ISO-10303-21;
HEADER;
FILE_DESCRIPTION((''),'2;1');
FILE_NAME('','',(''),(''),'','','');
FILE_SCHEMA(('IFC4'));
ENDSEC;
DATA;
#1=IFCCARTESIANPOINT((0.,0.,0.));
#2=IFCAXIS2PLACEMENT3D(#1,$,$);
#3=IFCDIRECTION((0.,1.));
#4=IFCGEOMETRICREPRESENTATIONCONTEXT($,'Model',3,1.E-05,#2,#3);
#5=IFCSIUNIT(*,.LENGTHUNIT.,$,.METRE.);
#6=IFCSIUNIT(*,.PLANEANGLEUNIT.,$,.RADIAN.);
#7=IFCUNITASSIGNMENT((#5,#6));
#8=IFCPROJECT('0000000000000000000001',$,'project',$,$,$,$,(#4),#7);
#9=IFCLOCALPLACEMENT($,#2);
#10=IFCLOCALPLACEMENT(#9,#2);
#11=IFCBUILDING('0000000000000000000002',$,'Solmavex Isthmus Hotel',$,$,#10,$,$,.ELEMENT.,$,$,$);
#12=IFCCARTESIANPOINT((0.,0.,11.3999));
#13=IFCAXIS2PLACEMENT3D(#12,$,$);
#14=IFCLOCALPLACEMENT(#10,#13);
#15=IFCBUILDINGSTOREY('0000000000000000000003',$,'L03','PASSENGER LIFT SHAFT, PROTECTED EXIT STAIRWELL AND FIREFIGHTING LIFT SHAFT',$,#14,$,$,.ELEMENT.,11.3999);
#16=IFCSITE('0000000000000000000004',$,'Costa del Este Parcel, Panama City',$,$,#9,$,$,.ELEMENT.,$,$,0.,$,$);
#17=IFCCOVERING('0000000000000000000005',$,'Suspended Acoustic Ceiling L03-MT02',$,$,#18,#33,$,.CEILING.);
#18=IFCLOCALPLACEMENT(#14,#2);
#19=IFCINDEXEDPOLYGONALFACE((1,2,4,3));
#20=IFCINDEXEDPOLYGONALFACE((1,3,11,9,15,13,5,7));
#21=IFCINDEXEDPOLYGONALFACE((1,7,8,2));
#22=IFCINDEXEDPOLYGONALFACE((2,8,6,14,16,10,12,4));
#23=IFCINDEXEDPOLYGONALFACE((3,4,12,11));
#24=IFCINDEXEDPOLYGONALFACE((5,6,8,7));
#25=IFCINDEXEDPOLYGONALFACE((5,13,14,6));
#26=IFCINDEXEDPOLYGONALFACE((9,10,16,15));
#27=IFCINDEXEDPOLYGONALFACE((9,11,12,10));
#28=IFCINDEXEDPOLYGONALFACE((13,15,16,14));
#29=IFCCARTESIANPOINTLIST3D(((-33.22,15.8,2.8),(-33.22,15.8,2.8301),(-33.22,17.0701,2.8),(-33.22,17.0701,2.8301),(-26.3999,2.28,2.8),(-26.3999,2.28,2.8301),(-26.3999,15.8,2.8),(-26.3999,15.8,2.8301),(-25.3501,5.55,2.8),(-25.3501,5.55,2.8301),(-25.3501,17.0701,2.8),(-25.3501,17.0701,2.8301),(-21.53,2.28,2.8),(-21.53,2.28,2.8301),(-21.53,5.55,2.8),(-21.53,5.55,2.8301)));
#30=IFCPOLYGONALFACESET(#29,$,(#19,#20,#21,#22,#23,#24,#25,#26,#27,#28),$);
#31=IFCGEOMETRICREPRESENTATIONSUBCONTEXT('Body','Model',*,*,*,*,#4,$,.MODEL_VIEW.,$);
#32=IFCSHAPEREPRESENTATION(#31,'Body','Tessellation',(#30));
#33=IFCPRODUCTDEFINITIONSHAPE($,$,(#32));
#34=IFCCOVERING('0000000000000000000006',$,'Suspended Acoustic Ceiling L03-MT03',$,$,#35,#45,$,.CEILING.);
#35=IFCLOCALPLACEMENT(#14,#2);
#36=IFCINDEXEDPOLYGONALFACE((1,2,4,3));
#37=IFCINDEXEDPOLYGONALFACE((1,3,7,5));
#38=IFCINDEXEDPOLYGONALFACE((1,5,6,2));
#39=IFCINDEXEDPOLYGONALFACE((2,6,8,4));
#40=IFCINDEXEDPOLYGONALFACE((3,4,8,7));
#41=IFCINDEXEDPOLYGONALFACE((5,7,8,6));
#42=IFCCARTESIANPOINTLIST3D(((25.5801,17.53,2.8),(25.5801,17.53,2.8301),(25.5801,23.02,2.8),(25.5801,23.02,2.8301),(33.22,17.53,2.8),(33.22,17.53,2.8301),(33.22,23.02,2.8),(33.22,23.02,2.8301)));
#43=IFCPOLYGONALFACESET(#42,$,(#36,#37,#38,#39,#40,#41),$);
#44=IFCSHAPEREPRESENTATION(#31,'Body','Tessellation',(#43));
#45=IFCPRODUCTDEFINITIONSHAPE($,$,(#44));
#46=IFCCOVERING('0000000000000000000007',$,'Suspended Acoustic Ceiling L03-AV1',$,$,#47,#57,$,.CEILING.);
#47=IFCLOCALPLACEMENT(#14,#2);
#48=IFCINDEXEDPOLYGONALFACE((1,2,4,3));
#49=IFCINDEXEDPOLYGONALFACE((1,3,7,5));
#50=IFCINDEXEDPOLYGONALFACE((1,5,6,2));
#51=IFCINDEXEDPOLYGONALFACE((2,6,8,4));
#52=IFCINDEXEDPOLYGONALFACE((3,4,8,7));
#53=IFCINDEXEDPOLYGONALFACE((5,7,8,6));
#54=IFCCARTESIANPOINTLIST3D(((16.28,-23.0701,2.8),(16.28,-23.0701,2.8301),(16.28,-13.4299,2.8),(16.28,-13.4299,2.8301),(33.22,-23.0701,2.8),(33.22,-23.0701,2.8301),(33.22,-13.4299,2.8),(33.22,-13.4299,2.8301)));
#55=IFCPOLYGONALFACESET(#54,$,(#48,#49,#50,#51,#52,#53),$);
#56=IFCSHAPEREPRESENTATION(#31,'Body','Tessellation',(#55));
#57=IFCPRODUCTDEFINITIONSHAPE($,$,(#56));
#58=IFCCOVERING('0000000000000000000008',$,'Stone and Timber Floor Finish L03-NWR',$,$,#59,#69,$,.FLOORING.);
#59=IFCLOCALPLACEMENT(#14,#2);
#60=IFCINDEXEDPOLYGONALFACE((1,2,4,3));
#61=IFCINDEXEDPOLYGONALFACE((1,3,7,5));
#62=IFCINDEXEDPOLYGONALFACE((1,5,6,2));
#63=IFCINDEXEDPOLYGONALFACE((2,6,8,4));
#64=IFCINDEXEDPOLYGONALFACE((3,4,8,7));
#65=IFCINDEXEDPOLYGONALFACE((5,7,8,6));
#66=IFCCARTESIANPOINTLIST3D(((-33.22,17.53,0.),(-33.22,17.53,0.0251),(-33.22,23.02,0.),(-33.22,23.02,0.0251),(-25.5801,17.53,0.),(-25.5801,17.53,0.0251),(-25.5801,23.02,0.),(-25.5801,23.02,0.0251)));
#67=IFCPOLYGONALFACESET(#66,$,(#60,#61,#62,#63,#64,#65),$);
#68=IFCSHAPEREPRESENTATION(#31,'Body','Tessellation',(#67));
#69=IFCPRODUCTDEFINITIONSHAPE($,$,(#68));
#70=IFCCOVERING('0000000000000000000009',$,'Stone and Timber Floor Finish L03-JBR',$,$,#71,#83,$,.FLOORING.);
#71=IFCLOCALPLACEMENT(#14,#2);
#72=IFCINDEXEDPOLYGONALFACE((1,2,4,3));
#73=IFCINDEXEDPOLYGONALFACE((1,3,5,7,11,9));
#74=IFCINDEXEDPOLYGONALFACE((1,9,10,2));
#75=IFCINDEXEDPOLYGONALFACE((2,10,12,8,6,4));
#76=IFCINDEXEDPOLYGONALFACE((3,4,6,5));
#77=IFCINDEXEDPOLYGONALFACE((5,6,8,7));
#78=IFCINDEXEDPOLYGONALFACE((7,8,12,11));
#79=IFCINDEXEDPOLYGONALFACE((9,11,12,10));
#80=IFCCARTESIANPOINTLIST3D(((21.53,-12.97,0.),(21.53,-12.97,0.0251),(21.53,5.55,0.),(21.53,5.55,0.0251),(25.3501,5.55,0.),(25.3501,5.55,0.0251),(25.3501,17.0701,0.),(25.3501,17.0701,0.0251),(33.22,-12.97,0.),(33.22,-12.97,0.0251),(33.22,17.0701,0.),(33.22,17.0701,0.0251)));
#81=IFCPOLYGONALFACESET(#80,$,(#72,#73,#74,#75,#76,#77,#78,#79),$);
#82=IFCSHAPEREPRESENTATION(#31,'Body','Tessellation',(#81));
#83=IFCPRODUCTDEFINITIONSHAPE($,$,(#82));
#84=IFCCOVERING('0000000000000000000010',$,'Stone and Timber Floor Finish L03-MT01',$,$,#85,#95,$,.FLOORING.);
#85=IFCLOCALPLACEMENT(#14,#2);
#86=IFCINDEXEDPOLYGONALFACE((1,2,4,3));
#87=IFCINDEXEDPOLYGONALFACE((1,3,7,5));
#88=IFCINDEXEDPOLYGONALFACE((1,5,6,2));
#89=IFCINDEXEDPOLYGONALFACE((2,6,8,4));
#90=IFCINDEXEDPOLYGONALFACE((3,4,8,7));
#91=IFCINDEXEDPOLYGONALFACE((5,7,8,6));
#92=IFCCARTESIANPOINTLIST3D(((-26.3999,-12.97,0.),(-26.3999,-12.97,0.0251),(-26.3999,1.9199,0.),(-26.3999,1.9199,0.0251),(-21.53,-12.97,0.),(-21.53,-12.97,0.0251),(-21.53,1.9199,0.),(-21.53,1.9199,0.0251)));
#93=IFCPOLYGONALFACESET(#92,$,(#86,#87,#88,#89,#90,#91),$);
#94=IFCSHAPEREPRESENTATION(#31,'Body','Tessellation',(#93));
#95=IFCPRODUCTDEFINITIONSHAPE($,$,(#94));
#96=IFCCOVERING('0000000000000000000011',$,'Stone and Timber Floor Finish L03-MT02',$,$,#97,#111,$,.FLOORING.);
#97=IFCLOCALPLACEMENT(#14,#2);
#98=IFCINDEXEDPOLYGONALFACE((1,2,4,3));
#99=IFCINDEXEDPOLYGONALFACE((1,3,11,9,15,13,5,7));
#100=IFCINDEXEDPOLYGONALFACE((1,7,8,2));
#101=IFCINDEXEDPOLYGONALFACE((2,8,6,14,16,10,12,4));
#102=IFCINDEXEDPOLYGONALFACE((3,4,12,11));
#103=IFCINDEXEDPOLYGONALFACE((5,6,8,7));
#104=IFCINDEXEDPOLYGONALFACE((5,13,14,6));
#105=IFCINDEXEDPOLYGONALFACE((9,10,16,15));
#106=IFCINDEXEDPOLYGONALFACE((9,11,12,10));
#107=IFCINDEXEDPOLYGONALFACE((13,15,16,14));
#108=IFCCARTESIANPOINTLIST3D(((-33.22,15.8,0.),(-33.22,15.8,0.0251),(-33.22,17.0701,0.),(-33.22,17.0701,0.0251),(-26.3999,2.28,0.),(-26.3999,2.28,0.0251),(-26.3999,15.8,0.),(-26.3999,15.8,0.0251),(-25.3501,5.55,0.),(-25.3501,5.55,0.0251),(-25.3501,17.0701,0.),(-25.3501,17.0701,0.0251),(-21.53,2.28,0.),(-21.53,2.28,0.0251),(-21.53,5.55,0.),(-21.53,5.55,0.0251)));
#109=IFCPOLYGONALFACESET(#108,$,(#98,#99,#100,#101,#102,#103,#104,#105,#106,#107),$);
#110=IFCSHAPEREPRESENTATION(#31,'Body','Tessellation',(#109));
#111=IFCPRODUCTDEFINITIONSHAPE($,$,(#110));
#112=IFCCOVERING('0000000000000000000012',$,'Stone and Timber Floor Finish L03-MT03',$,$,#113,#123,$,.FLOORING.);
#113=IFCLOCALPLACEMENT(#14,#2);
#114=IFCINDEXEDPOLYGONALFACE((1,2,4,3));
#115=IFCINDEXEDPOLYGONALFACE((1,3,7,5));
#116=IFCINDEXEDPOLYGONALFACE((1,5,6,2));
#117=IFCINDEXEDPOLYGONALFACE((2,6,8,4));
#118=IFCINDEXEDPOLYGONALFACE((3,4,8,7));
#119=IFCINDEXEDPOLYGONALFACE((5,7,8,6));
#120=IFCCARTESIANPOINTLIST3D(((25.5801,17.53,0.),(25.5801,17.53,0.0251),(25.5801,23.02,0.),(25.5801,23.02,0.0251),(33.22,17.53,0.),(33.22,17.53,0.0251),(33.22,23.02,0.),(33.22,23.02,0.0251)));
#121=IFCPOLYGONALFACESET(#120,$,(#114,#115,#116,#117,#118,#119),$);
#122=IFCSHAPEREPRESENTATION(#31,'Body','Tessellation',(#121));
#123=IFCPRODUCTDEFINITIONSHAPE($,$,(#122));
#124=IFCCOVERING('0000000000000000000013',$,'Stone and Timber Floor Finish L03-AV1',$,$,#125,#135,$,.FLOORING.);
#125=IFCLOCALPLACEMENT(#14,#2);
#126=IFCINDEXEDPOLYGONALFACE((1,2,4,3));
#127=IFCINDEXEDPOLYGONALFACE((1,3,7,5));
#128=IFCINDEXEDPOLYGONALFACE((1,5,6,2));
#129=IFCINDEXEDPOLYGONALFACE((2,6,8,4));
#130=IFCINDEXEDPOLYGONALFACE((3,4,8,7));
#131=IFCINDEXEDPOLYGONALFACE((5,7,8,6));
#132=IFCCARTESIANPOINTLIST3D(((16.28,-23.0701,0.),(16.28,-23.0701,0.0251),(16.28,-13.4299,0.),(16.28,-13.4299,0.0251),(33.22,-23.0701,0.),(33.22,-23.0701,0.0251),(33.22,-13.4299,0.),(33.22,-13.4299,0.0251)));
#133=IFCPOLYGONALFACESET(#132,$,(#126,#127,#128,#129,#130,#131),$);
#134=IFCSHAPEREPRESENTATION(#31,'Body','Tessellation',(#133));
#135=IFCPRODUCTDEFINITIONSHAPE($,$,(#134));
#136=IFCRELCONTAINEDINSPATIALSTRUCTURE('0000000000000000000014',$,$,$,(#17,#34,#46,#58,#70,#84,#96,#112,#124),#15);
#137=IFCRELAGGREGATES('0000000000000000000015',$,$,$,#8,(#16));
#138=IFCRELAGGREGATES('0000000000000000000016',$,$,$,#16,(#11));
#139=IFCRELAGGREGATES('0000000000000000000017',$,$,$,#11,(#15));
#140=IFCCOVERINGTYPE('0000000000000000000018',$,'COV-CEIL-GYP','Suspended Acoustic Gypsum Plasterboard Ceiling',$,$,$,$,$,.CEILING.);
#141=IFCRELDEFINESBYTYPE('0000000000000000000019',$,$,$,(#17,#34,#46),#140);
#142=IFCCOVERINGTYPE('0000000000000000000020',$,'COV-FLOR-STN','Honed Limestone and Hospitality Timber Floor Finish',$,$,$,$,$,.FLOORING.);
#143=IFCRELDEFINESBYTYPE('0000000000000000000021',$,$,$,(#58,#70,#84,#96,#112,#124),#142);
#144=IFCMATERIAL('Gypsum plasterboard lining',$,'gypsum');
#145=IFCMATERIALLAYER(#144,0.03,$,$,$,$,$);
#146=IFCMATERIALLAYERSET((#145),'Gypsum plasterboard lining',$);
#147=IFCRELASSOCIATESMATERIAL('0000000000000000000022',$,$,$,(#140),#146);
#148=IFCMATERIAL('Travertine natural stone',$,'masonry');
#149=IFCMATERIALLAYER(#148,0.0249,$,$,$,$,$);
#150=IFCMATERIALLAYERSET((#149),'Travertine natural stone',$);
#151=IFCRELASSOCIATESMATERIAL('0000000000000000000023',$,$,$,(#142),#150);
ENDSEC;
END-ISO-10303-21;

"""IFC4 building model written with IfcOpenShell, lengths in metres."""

from ifc_helpers import new_model, si_unit, direction, frame, origin, place, context, subcontext, project, spatial, polyline, outline, extrude, material, layer, layer_set, type_object, element, save


model = new_model("IFC4")

# Units and contexts
model_context = context("Model", 3, precision=1e-05, world=origin(), true_north=direction((0.0, 1.0)))
body_context = subcontext(model_context, "Body", "Model", "MODEL_VIEW")
ifc_project = project(units=[si_unit("LENGTHUNIT", "METRE"), si_unit("PLANEANGLEUNIT", "RADIAN")], contexts=[model_context])

# Site, building, storey
site_placement = place(None, origin())
site = spatial("IfcSite", under=ifc_project, at=site_placement, Name="Costa del Este Parcel, Panama City", CompositionType="ELEMENT", RefElevation=0.0)
building_placement = place(site_placement, origin())
building = spatial("IfcBuilding", under=site, at=building_placement, Name="Solmavex Isthmus Hotel", CompositionType="ELEMENT")
storey_placement = place(building_placement, frame((0.0, 0.0, 11.3999)))
storey = spatial("IfcBuildingStorey", under=building, at=storey_placement, Name="L03", Description="PASSENGER LIFT SHAFT, PROTECTED EXIT STAIRWELL AND FIREFIGHTING LIFT SHAFT", CompositionType="ELEMENT", Elevation=11.3999)

# Coverings
ifc_material_1 = material(Name="Gypsum plasterboard lining", Category="gypsum")
ifc_layer_1 = layer(ifc_material_1, 0.03)
ifc_layer_set_1 = layer_set([ifc_layer_1], Name="Gypsum plasterboard lining")
covering_type_1 = type_object("IfcCoveringType", Name="COV-CEIL-GYP", Description="Suspended Acoustic Gypsum Plasterboard Ceiling", PredefinedType="CEILING", material=ifc_layer_set_1)
covering_1_placement = place(storey_placement, frame((0.0, 0.0, 2.8)))
element("IfcCovering", 1, at=covering_1_placement, inside=storey, type_object=covering_type_1, Name="Suspended Acoustic Ceiling L03-MT02", PredefinedType="CEILING", context=body_context, shape_type="SweptSolid", body=[
    extrude(outline(polyline([(-21.53, 5.55), (-25.3501, 5.55), (-25.3501, 17.0701), (-33.22, 17.0701), (-33.22, 15.8), (-26.3999, 15.8), (-26.3999, 2.28), (-21.53, 2.28), (-21.53, 5.55)])), origin(), (0.0, 0.0, 1.0), 0.03),
])
covering_2_placement = place(storey_placement, frame((0.0, 0.0, 2.8)))
element("IfcCovering", 2, at=covering_2_placement, inside=storey, type_object=covering_type_1, Name="Suspended Acoustic Ceiling L03-MT03", PredefinedType="CEILING", context=body_context, shape_type="SweptSolid", body=[
    extrude(outline(polyline([(33.22, 17.53), (33.22, 23.02), (25.5801, 23.02), (25.5801, 17.53), (33.22, 17.53)])), origin(), (0.0, 0.0, 1.0), 0.03),
])
covering_3_placement = place(storey_placement, frame((0.0, 0.0, 2.8)))
element("IfcCovering", 3, at=covering_3_placement, inside=storey, type_object=covering_type_1, Name="Suspended Acoustic Ceiling L03-AV1", PredefinedType="CEILING", context=body_context, shape_type="SweptSolid", body=[
    extrude(outline(polyline([(33.22, -23.0701), (33.22, -13.4299), (16.28, -13.4299), (16.28, -23.0701), (33.22, -23.0701)])), origin(), (0.0, 0.0, 1.0), 0.03),
])
ifc_material_2 = material(Name="Travertine natural stone", Category="masonry")
ifc_layer_2 = layer(ifc_material_2, 0.0249)
ifc_layer_set_2 = layer_set([ifc_layer_2], Name="Travertine natural stone")
covering_type_2 = type_object("IfcCoveringType", Name="COV-FLOR-STN", Description="Honed Limestone and Hospitality Timber Floor Finish", PredefinedType="FLOORING", material=ifc_layer_set_2)
covering_4_placement = place(storey_placement, origin())
element("IfcCovering", 4, at=covering_4_placement, inside=storey, type_object=covering_type_2, Name="Stone and Timber Floor Finish L03-NWR", PredefinedType="FLOORING", context=body_context, shape_type="SweptSolid", body=[
    extrude(outline(polyline([(-25.5801, 17.53), (-25.5801, 23.02), (-33.22, 23.02), (-33.22, 17.53), (-25.5801, 17.53)])), origin(), (0.0, 0.0, 1.0), 0.0251),
])
covering_5_placement = place(storey_placement, origin())
element("IfcCovering", 5, at=covering_5_placement, inside=storey, type_object=covering_type_2, Name="Stone and Timber Floor Finish L03-JBR", PredefinedType="FLOORING", context=body_context, shape_type="SweptSolid", body=[
    extrude(outline(polyline([(25.3501, 17.0701), (25.3501, 5.55), (21.53, 5.55), (21.53, -12.97), (33.22, -12.97), (33.22, 17.0701), (25.3501, 17.0701)])), origin(), (0.0, 0.0, 1.0), 0.0251),
])
covering_6_placement = place(storey_placement, origin())
element("IfcCovering", 6, at=covering_6_placement, inside=storey, type_object=covering_type_2, Name="Stone and Timber Floor Finish L03-MT01", PredefinedType="FLOORING", context=body_context, shape_type="SweptSolid", body=[
    extrude(outline(polyline([(-21.53, -12.97), (-21.53, 1.9199), (-26.3999, 1.9199), (-26.3999, -12.97), (-21.53, -12.97)])), origin(), (0.0, 0.0, 1.0), 0.0251),
])
covering_7_placement = place(storey_placement, origin())
element("IfcCovering", 7, at=covering_7_placement, inside=storey, type_object=covering_type_2, Name="Stone and Timber Floor Finish L03-MT02", PredefinedType="FLOORING", context=body_context, shape_type="SweptSolid", body=[
    extrude(outline(polyline([(-21.53, 5.55), (-25.3501, 5.55), (-25.3501, 17.0701), (-33.22, 17.0701), (-33.22, 15.8), (-26.3999, 15.8), (-26.3999, 2.28), (-21.53, 2.28), (-21.53, 5.55)])), origin(), (0.0, 0.0, 1.0), 0.0251),
])
covering_8_placement = place(storey_placement, origin())
element("IfcCovering", 8, at=covering_8_placement, inside=storey, type_object=covering_type_2, Name="Stone and Timber Floor Finish L03-MT03", PredefinedType="FLOORING", context=body_context, shape_type="SweptSolid", body=[
    extrude(outline(polyline([(33.22, 17.53), (33.22, 23.02), (25.5801, 23.02), (25.5801, 17.53), (33.22, 17.53)])), origin(), (0.0, 0.0, 1.0), 0.0251),
])
covering_9_placement = place(storey_placement, origin())
element("IfcCovering", 9, at=covering_9_placement, inside=storey, type_object=covering_type_2, Name="Stone and Timber Floor Finish L03-AV1", PredefinedType="FLOORING", context=body_context, shape_type="SweptSolid", body=[
    extrude(outline(polyline([(33.22, -23.0701), (33.22, -13.4299), (16.28, -13.4299), (16.28, -23.0701), (33.22, -23.0701)])), origin(), (0.0, 0.0, 1.0), 0.0251),
])

save(model, "model.ifc")
